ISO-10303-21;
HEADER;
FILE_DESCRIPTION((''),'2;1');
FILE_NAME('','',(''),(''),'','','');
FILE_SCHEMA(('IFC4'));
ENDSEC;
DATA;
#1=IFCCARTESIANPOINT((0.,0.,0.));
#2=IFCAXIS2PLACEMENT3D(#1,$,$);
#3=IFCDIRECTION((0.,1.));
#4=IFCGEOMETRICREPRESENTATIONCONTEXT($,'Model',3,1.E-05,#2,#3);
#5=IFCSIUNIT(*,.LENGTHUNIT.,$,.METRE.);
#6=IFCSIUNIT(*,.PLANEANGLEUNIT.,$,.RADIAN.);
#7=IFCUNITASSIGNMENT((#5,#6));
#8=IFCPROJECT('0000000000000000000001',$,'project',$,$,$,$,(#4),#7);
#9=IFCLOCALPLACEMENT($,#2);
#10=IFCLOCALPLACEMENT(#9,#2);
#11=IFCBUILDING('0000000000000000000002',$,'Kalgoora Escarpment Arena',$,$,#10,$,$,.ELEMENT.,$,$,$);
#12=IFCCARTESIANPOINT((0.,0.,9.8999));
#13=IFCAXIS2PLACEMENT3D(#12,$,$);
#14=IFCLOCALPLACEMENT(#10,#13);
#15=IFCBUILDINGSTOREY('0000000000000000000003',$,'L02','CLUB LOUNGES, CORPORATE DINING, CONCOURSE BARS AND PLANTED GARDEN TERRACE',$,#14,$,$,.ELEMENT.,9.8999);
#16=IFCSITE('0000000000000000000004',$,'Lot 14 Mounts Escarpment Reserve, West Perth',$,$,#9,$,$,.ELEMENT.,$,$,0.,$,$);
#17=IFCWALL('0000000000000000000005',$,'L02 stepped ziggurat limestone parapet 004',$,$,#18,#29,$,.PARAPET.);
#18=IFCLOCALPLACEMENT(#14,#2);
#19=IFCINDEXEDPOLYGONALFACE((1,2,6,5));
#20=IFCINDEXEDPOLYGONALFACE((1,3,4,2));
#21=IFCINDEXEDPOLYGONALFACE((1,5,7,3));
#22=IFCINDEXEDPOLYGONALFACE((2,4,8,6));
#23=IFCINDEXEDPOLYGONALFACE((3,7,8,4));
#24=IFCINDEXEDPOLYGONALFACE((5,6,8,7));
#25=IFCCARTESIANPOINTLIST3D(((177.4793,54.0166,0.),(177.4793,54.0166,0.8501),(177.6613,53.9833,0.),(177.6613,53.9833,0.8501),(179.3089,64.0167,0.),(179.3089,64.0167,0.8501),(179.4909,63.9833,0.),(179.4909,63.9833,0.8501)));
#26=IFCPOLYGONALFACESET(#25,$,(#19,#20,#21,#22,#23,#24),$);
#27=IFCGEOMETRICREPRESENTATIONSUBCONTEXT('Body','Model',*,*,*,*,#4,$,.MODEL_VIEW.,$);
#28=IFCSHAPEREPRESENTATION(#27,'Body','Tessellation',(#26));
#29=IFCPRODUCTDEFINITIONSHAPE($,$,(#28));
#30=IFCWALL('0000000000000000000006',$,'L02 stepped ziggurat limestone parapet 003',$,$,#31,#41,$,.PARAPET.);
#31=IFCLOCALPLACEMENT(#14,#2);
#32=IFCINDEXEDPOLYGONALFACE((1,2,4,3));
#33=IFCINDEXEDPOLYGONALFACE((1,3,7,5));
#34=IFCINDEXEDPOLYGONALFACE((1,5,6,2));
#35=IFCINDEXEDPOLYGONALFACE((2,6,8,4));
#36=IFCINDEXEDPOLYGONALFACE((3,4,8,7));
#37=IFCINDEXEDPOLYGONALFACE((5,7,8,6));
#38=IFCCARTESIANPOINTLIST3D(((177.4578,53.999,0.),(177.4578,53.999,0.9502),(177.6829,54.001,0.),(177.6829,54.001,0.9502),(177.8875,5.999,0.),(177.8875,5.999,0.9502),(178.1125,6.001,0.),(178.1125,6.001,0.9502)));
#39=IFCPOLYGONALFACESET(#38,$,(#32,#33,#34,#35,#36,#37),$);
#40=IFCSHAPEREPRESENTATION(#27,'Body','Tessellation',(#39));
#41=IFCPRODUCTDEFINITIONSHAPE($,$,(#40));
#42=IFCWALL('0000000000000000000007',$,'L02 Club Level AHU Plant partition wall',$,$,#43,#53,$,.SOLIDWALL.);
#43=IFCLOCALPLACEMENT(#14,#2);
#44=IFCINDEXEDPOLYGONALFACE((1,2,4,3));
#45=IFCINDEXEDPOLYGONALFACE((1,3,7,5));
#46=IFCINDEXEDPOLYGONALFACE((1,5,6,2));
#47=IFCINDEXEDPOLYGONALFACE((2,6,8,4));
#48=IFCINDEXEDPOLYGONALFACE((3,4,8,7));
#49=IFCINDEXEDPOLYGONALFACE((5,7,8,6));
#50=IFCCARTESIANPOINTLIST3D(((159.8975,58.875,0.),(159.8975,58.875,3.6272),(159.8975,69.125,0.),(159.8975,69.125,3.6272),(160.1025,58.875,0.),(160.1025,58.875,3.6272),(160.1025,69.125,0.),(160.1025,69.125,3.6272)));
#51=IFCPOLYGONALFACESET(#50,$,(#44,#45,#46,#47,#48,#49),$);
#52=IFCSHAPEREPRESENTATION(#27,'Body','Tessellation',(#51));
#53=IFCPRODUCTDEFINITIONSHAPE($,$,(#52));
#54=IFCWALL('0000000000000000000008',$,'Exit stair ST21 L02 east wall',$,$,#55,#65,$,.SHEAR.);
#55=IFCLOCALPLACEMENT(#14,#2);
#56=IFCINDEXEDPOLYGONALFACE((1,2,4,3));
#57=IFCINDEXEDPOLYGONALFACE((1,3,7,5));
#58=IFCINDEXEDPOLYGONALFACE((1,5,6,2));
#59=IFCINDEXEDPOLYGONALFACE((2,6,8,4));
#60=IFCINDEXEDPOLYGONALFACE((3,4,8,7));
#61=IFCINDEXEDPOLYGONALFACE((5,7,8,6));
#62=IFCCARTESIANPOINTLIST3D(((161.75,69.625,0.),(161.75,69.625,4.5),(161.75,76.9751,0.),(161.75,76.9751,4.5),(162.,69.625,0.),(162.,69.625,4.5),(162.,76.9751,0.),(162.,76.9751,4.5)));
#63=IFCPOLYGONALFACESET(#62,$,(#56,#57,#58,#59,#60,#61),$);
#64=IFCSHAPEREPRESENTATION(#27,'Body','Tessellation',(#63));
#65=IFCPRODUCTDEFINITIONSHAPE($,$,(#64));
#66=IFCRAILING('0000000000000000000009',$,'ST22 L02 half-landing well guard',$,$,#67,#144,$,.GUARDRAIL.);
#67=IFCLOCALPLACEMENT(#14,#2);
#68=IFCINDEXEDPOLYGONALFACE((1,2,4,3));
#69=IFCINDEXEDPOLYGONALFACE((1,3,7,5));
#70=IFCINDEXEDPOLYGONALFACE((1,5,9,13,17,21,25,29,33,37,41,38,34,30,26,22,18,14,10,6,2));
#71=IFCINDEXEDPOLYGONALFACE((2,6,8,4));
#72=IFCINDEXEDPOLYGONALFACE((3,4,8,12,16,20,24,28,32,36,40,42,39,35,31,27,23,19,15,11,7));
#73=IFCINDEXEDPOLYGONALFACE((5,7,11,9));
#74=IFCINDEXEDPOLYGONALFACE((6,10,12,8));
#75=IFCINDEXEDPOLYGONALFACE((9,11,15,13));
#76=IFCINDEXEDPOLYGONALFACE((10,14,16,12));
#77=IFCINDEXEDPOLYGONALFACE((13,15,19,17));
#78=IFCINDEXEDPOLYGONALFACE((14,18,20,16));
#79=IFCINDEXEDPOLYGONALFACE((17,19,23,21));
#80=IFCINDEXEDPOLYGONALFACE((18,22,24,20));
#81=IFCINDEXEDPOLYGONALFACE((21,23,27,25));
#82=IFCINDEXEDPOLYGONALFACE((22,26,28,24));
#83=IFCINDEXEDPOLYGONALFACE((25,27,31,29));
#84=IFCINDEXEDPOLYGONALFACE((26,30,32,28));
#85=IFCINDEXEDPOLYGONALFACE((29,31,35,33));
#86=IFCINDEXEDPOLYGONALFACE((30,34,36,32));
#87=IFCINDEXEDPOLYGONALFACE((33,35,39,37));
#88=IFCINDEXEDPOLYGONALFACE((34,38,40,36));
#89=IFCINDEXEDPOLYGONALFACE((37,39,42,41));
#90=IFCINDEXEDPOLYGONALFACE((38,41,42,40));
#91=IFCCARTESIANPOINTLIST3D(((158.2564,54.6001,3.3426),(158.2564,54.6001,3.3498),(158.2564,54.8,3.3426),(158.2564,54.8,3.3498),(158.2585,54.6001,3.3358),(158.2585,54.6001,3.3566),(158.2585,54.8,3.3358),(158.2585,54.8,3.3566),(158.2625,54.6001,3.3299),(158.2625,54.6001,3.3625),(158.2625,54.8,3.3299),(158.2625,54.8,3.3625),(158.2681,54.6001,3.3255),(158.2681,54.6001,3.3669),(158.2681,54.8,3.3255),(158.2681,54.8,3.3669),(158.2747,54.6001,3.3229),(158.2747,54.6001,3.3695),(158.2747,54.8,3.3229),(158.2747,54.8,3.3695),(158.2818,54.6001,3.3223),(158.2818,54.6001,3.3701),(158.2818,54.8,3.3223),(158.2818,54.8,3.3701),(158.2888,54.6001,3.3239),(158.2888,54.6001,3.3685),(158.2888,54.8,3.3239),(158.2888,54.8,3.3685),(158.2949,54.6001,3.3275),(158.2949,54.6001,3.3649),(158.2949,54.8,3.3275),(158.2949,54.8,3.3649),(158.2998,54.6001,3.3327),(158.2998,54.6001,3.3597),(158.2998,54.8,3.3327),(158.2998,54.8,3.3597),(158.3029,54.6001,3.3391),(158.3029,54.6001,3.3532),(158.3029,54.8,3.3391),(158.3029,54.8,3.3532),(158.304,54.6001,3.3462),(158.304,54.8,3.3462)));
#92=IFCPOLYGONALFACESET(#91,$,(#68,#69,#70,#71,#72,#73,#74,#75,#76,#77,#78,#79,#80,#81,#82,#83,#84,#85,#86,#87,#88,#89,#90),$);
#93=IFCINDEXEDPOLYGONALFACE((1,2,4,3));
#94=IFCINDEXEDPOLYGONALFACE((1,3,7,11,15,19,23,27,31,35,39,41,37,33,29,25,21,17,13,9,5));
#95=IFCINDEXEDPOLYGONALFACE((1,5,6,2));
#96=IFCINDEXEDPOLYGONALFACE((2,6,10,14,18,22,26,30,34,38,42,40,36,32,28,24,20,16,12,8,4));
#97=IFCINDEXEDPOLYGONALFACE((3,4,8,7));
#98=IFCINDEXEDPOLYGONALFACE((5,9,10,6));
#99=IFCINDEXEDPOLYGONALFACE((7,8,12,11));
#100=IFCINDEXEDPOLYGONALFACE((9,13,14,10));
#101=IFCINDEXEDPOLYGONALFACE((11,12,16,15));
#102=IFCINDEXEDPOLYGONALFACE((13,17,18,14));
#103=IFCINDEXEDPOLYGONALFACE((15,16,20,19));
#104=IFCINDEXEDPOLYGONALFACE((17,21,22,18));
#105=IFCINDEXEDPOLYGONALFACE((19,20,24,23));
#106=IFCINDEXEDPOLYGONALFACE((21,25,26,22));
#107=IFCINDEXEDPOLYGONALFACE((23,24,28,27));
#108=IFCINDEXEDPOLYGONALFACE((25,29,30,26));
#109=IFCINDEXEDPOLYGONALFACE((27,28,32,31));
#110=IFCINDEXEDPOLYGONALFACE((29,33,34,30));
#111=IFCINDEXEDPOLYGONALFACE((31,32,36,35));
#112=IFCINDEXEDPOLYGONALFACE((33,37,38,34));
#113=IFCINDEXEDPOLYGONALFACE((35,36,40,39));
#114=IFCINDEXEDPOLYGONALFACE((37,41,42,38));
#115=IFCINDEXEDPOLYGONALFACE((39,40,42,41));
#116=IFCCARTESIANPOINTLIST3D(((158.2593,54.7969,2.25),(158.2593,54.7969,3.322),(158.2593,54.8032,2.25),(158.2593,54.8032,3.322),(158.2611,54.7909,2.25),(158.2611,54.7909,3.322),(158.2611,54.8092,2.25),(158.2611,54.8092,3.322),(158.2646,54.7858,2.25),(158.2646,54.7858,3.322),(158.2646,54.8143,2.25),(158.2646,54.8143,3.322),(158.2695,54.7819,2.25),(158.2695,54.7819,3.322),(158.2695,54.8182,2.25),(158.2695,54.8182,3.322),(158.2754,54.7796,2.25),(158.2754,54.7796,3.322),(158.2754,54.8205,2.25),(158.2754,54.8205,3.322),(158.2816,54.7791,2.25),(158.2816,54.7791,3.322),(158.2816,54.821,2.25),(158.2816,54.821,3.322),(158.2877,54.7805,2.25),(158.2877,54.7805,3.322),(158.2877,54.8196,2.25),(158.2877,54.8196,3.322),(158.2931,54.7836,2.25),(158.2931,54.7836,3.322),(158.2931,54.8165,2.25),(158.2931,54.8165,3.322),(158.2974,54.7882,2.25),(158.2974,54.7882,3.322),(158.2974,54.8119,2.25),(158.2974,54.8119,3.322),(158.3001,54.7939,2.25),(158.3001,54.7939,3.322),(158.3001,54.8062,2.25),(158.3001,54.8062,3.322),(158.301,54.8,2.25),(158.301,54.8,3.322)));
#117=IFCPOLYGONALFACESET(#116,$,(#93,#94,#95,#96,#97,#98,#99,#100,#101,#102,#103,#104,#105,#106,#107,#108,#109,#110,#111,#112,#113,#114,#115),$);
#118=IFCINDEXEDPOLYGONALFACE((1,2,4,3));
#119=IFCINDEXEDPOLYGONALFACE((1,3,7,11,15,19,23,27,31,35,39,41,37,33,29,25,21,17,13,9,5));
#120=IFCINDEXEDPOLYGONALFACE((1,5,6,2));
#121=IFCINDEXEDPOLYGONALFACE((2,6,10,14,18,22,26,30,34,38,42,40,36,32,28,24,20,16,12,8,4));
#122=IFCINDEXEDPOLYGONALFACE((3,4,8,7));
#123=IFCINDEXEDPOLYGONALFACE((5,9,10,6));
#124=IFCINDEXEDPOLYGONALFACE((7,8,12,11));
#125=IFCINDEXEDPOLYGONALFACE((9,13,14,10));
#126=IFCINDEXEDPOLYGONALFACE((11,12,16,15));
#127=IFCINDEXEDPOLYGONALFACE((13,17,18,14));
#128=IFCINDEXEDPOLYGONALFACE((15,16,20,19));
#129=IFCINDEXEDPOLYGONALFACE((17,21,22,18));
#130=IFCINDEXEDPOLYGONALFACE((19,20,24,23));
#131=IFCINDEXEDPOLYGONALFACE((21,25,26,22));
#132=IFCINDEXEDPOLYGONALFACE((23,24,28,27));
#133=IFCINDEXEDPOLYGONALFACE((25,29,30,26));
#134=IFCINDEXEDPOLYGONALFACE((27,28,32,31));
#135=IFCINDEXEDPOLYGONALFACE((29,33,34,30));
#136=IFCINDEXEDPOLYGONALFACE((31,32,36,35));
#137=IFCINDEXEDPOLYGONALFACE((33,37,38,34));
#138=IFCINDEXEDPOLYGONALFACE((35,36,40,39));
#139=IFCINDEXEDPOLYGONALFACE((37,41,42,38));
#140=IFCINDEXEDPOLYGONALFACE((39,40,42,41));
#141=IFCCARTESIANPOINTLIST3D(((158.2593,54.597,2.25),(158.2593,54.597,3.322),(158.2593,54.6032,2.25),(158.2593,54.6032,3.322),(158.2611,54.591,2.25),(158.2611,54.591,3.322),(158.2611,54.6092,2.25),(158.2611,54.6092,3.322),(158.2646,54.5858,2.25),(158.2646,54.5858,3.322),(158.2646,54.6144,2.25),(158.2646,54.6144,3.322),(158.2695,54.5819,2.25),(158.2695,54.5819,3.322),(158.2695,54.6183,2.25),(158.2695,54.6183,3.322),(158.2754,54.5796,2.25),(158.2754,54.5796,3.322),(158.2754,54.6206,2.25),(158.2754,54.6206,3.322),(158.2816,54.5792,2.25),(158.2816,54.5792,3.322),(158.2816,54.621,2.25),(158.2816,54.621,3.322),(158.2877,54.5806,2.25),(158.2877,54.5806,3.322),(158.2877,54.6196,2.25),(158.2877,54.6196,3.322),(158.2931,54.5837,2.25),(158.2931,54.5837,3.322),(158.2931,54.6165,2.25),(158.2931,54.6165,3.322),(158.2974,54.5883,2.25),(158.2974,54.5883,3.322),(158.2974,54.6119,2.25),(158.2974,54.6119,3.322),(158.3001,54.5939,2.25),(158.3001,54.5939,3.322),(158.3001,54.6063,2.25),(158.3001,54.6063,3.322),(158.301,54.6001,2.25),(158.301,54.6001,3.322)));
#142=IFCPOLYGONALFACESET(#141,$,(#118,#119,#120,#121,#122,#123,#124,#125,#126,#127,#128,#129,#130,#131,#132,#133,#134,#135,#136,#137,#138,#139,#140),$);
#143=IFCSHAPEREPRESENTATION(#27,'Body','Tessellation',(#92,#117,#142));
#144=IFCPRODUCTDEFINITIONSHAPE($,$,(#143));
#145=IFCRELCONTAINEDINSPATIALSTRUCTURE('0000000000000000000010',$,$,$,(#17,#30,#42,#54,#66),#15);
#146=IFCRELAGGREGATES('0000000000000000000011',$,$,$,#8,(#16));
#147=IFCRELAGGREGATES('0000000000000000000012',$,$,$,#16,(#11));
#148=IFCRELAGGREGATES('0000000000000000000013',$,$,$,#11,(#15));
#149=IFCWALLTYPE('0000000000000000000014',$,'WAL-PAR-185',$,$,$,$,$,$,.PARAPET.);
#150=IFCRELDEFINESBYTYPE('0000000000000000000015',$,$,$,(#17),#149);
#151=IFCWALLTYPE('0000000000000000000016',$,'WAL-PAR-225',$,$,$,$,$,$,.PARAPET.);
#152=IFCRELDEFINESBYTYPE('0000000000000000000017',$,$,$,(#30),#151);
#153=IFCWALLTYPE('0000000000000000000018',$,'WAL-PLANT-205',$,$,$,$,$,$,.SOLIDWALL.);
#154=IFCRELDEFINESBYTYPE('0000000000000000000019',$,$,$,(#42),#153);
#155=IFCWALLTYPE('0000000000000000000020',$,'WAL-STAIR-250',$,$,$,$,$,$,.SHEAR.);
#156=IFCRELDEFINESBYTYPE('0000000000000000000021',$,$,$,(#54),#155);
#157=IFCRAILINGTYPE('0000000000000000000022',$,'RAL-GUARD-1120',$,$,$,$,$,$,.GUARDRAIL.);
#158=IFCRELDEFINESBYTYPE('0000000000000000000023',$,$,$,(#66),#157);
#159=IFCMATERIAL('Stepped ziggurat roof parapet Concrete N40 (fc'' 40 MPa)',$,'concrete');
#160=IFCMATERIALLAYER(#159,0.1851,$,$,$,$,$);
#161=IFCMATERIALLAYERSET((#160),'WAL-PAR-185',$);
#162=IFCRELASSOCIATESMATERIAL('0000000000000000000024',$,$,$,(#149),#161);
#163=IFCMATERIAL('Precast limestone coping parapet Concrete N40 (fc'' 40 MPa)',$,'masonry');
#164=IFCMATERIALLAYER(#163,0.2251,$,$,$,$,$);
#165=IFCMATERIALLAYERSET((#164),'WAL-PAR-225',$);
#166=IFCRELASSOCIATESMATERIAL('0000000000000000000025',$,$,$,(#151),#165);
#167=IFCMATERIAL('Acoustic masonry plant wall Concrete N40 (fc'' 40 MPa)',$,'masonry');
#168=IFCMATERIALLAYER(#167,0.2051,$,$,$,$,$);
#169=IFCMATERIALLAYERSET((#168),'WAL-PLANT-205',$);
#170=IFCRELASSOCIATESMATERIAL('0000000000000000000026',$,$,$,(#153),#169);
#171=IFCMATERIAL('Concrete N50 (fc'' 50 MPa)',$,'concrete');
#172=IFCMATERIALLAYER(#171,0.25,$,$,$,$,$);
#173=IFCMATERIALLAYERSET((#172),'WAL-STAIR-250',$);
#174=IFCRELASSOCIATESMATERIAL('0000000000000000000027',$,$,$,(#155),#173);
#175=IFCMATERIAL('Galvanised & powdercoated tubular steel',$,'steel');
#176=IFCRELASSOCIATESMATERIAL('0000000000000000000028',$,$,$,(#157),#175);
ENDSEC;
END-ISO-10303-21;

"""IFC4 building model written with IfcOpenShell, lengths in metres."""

from ifc_helpers import new_model, si_unit, direction, frame, frame_2d, origin, origin_2d, place, context, subcontext, project, spatial, rectangle, circle, extrude, material, layer, layer_set, type_object, element, save


model = new_model("IFC4")

# Units and contexts
model_context = context("Model", 3, precision=1e-05, world=origin(), true_north=direction((0.0, 1.0)))
body_context = subcontext(model_context, "Body", "Model", "MODEL_VIEW")
ifc_project = project(units=[si_unit("LENGTHUNIT", "METRE"), si_unit("PLANEANGLEUNIT", "RADIAN")], contexts=[model_context])

# Site, building, storey
site_placement = place(None, origin())
site = spatial("IfcSite", under=ifc_project, at=site_placement, Name="Lot 14 Mounts Escarpment Reserve, West Perth", CompositionType="ELEMENT", RefElevation=0.0)
building_placement = place(site_placement, origin())
building = spatial("IfcBuilding", under=site, at=building_placement, Name="Kalgoora Escarpment Arena", CompositionType="ELEMENT")
storey_placement = place(building_placement, frame((0.0, 0.0, 9.8999)))
storey = spatial("IfcBuildingStorey", under=building, at=storey_placement, Name="L02", Description="CLUB LOUNGES, CORPORATE DINING, CONCOURSE BARS AND PLANTED GARDEN TERRACE", CompositionType="ELEMENT", Elevation=9.8999)

# Walls
ifc_material_1 = material(Name="Stepped ziggurat roof parapet Concrete N40 (fc' 40 MPa)", Category="concrete")
ifc_layer_1 = layer(ifc_material_1, 0.1851)
ifc_layer_set_1 = layer_set([ifc_layer_1], Name="WAL-PAR-185")
wall_type_1 = type_object("IfcWallType", Name="WAL-PAR-185", PredefinedType="PARAPET", material=ifc_layer_set_1)
wall_1_placement = place(storey_placement, frame((179.3999, 64.0, 0.0), z_axis=(0.0, 0.0, 1.0), x_axis=(-0.179972, -0.983672, 0.0)))
element("IfcWall", 1, at=wall_1_placement, inside=storey, type_object=wall_type_1, Name="L02 stepped ziggurat limestone parapet 004", PredefinedType="PARAPET", context=body_context, shape_type="SweptSolid", body=[
    extrude(rectangle(XDim=10.166, YDim=0.1851, at=frame_2d((5.083, 0.0))), origin(), (0.0, 0.0, 1.0), 0.8501),
])
ifc_material_2 = material(Name="Precast limestone coping parapet Concrete N40 (fc' 40 MPa)", Category="masonry")
ifc_layer_2 = layer(ifc_material_2, 0.2251)
ifc_layer_set_2 = layer_set([ifc_layer_2], Name="WAL-PAR-225")
wall_type_2 = type_object("IfcWallType", Name="WAL-PAR-225", PredefinedType="PARAPET", material=ifc_layer_set_2)
wall_2_placement = place(storey_placement, frame((177.5703, 54.0, 0.0), z_axis=(0.0, 0.0, 1.0), x_axis=(0.008951, -0.99996, 0.0)))
element("IfcWall", 2, at=wall_2_placement, inside=storey, type_object=wall_type_2, Name="L02 stepped ziggurat limestone parapet 003", PredefinedType="PARAPET", context=body_context, shape_type="SweptSolid", body=[
    extrude(rectangle(XDim=48.002, YDim=0.2251, at=frame_2d((24.001, 0.0))), origin(), (0.0, 0.0, 1.0), 0.9502),
])
ifc_material_3 = material(Name="Acoustic masonry plant wall Concrete N40 (fc' 40 MPa)", Category="masonry")
ifc_layer_3 = layer(ifc_material_3, 0.2051)
ifc_layer_set_3 = layer_set([ifc_layer_3], Name="WAL-PLANT-205")
wall_type_3 = type_object("IfcWallType", Name="WAL-PLANT-205", PredefinedType="SOLIDWALL", material=ifc_layer_set_3)
wall_3_placement = place(storey_placement, frame((160.0, 58.875, 0.0), z_axis=(0.0, 0.0, 1.0), x_axis=(0.0, 1.0, 0.0)))
element("IfcWall", 3, at=wall_3_placement, inside=storey, type_object=wall_type_3, Name="L02 Club Level AHU Plant partition wall", PredefinedType="SOLIDWALL", context=body_context, shape_type="SweptSolid", body=[
    extrude(rectangle(XDim=10.25, YDim=0.2051, at=frame_2d((5.125, 0.0))), origin(), (0.0, 0.0, 1.0), 3.6272),
])
ifc_material_4 = material(Name="Concrete N50 (fc' 50 MPa)", Category="concrete")
ifc_layer_4 = layer(ifc_material_4, 0.25)
ifc_layer_set_4 = layer_set([ifc_layer_4], Name="WAL-STAIR-250")
wall_type_4 = type_object("IfcWallType", Name="WAL-STAIR-250", PredefinedType="SHEAR", material=ifc_layer_set_4)
wall_4_placement = place(storey_placement, frame((161.875, 69.625, 0.0), z_axis=(0.0, 0.0, 1.0), x_axis=(0.0, 1.0, 0.0)))
element("IfcWall", 4, at=wall_4_placement, inside=storey, type_object=wall_type_4, Name="Exit stair ST21 L02 east wall", PredefinedType="SHEAR", context=body_context, shape_type="SweptSolid", body=[
    extrude(rectangle(XDim=7.3501, YDim=0.25, at=frame_2d((3.675, 0.0))), origin(), (0.0, 0.0, 1.0), 4.5),
])

# Railing
ifc_material_5 = material(Name="Galvanised & powdercoated tubular steel", Category="steel")
railing_type = type_object("IfcRailingType", Name="RAL-GUARD-1120", PredefinedType="GUARDRAIL", material=ifc_material_5)
railing_placement = place(storey_placement, frame((158.28, 54.8, 2.25)))
element("IfcRailing", 5, at=railing_placement, inside=storey, type_object=railing_type, Name="ST22 L02 half-landing well guard", PredefinedType="GUARDRAIL", context=body_context, shape_type="SweptSolid", body=[
    extrude(circle(Radius=0.0239, at=origin_2d()), frame((0.0, 0.0, 1.0962), z_axis=(0.0, -1.0, 0.0), x_axis=(1.0, 0.0, 0.0)), (0.0, 0.0, 1.0), 0.2),
    extrude(circle(Radius=0.021, at=origin_2d()), origin(), (0.0, 0.0, 1.0), 1.072),
    extrude(circle(Radius=0.021, at=origin_2d()), frame((0.0, -0.2, 0.0)), (0.0, 0.0, 1.0), 1.072),
])

save(model, "model.ifc")
